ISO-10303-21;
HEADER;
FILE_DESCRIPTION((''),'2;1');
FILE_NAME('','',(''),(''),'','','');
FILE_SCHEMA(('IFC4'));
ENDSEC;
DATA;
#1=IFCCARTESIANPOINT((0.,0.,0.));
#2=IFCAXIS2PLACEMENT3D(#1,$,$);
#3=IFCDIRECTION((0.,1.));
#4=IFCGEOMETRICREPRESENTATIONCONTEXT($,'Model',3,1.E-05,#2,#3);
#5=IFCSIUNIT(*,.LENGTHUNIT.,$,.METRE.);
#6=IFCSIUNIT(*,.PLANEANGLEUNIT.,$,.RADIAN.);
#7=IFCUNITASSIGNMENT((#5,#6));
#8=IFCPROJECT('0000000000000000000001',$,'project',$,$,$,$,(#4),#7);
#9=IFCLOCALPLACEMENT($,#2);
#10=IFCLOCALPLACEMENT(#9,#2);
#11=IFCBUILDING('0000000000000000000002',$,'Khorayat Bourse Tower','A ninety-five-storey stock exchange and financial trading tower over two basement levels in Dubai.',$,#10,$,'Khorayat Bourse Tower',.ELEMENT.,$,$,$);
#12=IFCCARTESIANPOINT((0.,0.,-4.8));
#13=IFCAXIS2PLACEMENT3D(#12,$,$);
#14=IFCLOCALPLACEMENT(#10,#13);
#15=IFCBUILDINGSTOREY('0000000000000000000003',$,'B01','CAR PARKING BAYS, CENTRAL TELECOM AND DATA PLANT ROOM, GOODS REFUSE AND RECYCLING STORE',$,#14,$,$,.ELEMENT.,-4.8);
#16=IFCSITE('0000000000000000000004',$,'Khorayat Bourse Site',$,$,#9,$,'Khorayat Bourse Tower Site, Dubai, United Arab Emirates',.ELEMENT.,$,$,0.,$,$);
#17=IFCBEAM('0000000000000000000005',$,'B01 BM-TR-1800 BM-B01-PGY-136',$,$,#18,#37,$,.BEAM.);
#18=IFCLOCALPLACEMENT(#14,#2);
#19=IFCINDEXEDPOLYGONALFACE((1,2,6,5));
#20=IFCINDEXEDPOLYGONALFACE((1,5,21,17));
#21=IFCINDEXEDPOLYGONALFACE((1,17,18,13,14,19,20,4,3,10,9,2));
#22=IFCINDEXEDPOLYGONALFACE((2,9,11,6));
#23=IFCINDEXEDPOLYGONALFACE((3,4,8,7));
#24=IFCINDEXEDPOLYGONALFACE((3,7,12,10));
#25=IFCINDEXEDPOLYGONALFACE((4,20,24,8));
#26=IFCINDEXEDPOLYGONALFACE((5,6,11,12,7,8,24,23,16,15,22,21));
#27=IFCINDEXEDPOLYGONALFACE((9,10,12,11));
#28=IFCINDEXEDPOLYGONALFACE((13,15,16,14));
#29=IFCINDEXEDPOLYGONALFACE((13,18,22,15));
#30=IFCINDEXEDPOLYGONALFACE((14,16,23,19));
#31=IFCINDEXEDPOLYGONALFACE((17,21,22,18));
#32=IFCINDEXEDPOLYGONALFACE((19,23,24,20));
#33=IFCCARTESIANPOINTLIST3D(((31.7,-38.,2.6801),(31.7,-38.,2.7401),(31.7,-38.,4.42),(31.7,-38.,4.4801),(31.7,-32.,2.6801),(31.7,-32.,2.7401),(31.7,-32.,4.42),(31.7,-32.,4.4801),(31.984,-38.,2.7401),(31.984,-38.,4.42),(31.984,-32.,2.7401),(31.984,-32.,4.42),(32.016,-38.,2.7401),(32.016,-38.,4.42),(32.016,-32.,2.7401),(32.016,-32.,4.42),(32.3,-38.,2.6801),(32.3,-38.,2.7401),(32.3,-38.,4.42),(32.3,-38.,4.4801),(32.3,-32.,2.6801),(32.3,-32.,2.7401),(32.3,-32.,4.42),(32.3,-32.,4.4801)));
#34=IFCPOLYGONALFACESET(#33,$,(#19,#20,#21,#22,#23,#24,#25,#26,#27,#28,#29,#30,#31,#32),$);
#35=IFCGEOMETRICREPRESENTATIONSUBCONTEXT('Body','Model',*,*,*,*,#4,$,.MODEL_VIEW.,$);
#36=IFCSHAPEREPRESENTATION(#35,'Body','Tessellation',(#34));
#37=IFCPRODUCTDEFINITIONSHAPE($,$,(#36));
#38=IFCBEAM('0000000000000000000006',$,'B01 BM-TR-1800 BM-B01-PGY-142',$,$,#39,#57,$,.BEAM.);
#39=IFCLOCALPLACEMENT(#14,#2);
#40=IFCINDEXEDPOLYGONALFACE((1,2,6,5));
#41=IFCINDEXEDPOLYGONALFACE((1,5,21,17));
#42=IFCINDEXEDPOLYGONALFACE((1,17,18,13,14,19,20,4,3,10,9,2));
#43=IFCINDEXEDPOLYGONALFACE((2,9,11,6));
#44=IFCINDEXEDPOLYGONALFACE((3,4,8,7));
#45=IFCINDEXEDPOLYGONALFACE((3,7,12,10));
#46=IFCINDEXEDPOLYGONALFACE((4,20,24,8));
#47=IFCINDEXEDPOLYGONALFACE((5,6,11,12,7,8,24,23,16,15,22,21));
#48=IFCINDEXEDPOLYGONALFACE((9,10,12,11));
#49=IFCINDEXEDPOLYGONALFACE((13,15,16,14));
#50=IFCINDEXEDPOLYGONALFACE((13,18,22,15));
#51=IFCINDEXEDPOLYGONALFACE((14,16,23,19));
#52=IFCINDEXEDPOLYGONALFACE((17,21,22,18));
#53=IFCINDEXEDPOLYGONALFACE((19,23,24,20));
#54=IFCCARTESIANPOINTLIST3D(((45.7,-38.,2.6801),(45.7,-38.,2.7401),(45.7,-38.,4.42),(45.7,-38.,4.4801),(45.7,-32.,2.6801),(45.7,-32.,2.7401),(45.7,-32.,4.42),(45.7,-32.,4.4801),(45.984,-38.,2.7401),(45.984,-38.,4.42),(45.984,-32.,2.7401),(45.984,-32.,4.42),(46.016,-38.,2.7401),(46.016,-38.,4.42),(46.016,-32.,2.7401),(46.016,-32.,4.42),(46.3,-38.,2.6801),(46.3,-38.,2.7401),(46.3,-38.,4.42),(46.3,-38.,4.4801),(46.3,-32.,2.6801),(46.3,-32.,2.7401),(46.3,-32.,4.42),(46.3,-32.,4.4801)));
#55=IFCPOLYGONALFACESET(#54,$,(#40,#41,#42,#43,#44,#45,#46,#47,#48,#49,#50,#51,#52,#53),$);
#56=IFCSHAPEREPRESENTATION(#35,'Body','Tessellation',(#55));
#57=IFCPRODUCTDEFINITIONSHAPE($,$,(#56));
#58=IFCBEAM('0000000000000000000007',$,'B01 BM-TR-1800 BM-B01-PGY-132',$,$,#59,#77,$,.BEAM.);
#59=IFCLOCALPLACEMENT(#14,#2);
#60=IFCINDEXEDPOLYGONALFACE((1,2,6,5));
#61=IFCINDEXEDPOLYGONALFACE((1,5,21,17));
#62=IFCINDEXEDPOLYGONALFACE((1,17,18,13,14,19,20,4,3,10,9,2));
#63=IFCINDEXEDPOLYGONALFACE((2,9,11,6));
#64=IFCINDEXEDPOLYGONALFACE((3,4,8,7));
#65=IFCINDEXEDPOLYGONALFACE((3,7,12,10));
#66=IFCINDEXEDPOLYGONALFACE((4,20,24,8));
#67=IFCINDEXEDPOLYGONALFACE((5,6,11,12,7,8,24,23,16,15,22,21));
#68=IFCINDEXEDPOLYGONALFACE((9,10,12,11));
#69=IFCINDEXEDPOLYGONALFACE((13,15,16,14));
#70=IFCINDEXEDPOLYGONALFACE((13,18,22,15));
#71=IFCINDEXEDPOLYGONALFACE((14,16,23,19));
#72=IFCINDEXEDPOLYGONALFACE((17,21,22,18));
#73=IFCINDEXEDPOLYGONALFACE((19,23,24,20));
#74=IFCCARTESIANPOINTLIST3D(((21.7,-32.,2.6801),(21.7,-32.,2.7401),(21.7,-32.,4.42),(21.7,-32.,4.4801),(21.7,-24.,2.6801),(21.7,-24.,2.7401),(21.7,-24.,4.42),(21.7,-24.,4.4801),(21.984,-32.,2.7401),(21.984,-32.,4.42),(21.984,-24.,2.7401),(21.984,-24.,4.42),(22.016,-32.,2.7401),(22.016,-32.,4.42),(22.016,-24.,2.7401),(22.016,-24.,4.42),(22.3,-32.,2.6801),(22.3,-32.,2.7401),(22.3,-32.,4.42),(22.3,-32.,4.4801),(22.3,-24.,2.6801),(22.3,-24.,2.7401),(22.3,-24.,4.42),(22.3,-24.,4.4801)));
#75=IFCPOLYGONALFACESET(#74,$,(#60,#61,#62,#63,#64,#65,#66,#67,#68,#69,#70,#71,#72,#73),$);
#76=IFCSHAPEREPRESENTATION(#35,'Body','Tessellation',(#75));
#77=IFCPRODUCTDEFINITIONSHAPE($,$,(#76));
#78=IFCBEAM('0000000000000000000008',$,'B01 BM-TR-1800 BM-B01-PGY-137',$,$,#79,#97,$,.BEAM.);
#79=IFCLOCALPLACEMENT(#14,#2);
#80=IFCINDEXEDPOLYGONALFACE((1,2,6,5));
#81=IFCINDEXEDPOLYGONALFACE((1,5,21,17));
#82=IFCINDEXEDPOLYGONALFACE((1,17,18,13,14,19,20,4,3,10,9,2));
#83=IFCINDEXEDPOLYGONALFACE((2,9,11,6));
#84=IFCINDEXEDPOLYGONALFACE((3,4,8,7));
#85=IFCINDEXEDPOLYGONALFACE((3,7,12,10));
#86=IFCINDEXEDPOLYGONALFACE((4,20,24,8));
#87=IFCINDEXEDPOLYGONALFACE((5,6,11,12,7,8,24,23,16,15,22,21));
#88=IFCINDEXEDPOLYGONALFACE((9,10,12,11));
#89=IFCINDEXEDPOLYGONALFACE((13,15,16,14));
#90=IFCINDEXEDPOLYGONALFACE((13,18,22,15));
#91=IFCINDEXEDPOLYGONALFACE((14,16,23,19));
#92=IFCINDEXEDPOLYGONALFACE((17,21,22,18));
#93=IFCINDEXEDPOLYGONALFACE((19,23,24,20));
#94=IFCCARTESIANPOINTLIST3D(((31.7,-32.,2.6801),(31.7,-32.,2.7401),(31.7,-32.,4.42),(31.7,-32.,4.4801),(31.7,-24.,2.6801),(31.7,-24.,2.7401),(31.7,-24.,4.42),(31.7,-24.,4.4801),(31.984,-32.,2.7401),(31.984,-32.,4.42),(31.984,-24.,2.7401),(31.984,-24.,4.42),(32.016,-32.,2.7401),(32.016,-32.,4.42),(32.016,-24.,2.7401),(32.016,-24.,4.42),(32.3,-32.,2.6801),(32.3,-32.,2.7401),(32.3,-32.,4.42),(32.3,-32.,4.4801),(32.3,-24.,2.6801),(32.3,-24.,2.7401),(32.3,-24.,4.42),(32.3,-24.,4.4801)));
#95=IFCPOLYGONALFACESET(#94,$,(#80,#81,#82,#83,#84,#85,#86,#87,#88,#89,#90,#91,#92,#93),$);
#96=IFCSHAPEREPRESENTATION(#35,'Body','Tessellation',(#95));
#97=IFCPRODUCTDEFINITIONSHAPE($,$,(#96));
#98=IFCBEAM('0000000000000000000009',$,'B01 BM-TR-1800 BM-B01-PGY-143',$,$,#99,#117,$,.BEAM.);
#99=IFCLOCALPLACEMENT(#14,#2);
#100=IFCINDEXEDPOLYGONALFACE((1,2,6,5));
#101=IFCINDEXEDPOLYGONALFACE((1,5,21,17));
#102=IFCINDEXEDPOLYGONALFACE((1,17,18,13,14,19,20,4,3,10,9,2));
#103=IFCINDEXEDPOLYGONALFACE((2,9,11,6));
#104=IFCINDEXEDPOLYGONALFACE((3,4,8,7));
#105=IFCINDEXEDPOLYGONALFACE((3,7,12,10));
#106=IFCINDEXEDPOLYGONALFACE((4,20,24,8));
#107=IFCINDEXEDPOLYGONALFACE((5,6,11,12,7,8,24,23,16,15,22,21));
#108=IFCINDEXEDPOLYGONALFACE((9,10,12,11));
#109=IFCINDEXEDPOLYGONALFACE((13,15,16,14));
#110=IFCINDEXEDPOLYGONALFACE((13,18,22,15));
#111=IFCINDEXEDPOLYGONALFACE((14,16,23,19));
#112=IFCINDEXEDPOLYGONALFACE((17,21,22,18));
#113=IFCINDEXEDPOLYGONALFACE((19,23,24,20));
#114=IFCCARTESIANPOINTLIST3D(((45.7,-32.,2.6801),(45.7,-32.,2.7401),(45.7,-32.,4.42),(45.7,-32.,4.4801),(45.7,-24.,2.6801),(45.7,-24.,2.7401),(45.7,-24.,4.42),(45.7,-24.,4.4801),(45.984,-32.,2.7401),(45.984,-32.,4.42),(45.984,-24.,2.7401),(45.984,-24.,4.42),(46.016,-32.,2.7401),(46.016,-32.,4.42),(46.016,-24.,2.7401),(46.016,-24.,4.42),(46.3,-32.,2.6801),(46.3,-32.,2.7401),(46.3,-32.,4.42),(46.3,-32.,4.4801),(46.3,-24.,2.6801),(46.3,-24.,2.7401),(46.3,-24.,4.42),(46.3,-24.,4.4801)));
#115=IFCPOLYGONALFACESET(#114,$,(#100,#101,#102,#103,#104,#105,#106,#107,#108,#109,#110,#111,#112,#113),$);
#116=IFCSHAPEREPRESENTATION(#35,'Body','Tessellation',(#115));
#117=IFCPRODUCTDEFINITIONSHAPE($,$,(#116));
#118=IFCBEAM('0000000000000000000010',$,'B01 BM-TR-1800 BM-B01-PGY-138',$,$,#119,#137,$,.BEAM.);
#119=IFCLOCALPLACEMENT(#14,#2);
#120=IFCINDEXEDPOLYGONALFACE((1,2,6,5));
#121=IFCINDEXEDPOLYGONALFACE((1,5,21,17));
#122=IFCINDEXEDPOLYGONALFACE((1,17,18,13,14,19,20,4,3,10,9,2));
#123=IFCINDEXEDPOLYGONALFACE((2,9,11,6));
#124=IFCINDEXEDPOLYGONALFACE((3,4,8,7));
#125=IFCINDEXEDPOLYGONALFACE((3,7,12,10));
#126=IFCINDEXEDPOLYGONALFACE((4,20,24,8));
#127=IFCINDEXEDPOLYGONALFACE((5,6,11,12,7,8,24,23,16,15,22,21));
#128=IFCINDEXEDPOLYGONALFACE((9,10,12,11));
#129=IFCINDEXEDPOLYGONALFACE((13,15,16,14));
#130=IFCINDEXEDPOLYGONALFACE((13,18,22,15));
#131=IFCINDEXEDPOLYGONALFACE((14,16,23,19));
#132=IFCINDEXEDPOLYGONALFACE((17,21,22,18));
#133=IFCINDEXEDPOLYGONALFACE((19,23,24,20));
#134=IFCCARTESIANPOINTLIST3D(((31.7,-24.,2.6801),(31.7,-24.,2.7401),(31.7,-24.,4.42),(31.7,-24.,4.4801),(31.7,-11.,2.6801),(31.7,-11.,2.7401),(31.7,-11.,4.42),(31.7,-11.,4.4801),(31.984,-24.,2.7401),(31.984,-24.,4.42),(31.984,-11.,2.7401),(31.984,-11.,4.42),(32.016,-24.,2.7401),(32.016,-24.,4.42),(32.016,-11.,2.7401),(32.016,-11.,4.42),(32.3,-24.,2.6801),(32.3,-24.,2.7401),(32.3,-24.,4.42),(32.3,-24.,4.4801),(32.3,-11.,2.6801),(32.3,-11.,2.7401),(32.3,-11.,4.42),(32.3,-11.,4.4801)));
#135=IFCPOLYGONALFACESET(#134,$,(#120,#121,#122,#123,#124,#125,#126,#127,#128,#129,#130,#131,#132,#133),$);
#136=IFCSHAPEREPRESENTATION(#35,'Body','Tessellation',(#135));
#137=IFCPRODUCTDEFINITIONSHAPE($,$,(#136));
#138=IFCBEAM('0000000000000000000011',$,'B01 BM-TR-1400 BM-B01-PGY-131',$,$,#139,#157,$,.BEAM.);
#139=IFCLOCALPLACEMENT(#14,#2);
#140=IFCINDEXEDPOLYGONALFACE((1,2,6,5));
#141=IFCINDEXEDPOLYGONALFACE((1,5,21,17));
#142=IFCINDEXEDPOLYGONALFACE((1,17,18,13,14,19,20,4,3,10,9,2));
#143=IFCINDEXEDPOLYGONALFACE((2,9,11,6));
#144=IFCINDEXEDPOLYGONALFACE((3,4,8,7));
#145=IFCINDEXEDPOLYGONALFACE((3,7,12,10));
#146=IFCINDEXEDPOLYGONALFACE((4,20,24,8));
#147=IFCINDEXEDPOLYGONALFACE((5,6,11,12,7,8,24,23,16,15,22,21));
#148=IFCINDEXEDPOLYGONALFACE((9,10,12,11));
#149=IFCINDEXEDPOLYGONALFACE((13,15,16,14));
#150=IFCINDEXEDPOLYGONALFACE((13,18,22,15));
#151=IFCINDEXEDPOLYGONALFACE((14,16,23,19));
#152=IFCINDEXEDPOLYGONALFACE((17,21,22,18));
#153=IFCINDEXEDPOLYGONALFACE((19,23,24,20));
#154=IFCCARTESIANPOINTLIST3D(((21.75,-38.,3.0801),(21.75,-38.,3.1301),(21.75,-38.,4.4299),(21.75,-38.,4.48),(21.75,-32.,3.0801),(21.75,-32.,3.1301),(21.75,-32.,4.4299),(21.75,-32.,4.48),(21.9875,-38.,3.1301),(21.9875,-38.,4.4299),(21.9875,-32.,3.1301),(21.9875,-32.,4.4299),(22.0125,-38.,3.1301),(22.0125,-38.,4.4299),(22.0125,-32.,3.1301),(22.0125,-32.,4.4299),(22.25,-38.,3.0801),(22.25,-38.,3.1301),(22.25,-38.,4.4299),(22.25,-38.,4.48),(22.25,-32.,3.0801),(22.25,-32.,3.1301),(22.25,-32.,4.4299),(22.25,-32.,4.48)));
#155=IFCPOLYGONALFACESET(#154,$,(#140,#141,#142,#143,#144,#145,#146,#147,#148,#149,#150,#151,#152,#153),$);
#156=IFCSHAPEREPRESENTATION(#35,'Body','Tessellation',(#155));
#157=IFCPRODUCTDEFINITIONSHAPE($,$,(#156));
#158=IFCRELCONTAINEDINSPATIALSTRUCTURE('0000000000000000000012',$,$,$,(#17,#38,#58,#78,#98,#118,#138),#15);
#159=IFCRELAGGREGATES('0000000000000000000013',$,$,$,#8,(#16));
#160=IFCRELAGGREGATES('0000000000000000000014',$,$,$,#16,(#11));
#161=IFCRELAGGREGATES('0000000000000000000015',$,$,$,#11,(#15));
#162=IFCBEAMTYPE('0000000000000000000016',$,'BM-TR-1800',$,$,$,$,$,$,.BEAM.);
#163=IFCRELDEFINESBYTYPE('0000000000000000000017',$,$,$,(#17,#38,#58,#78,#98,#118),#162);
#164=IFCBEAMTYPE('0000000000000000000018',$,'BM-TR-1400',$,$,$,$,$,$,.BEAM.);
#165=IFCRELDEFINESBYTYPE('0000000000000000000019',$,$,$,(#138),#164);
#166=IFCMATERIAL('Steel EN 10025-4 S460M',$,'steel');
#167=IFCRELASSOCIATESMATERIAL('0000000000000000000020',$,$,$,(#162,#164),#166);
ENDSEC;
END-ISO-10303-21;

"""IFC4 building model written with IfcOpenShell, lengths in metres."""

from ifc_helpers import new_model, si_unit, direction, frame, origin, origin_2d, place, context, subcontext, project, spatial, i_section, extrude, source, transform, mapped, material, material_profile, profile_set, type_object, element, save


model = new_model("IFC4")

# Units and contexts
model_context = context("Model", 3, precision=1e-05, world=origin(), true_north=direction((0.0, 1.0)))
body_context = subcontext(model_context, "Body", "Model", "MODEL_VIEW")
ifc_project = project(units=[si_unit("LENGTHUNIT", "METRE"), si_unit("PLANEANGLEUNIT", "RADIAN")], contexts=[model_context])

# Site, building, storey
site_placement = place(None, origin())
site = spatial("IfcSite", under=ifc_project, at=site_placement, Name="Khorayat Bourse Site", LongName="Khorayat Bourse Tower Site, Dubai, United Arab Emirates", CompositionType="ELEMENT", RefElevation=0.0)
building_placement = place(site_placement, origin())
building = spatial("IfcBuilding", under=site, at=building_placement, Name="Khorayat Bourse Tower", Description="A ninety-five-storey stock exchange and financial trading tower over two basement levels in Dubai.", LongName="Khorayat Bourse Tower", CompositionType="ELEMENT")
storey_placement = place(building_placement, frame((0.0, 0.0, -4.8)))
storey = spatial("IfcBuildingStorey", under=building, at=storey_placement, Name="B01", Description="CAR PARKING BAYS, CENTRAL TELECOM AND DATA PLANT ROOM, GOODS REFUSE AND RECYCLING STORE", CompositionType="ELEMENT", Elevation=-4.8)

# Beams
ifc_material_1 = material(Name="Steel EN 10025-4 S460M", Category="steel")
ifc_material_profile_1 = material_profile(ifc_material_1, i_section(OverallWidth=0.6001, OverallDepth=1.8, WebThickness=0.032, FlangeThickness=0.0601, at=origin_2d()), Name="PG 1800x600x32x60")
ifc_profile_set_1 = profile_set([ifc_material_profile_1], Name="Steel EN 10025-4 S460M")
beam_type_1 = type_object("IfcBeamType", Name="BM-TR-1800", PredefinedType="BEAM", material=ifc_profile_set_1)
shared_shape_1 = source(origin(), body_context, "Body", "SweptSolid", [
    extrude(i_section(OverallWidth=0.6001, OverallDepth=1.8, WebThickness=0.032, FlangeThickness=0.0601, at=origin_2d()), origin(), (0.0, 0.0, 1.0), 6.0),
])
for number, where, z_axis, x_axis, name in (
    (1, (32.0, -38.0, 3.5801), (0.0, 1.0, 0.0), (-1.0, 0.0, 0.0), "B01 BM-TR-1800 BM-B01-PGY-136"),
    (2, (46.0, -38.0, 3.5801), (0.0, 1.0, 0.0), (-1.0, 0.0, 0.0), "B01 BM-TR-1800 BM-B01-PGY-142"),
):
    element("IfcBeam", number, at=place(storey_placement, frame(where, z_axis=z_axis, x_axis=x_axis)), inside=storey, type_object=beam_type_1, Name=name, PredefinedType="BEAM", context=body_context, shape_type="MappedRepresentation", body=[
        mapped(shared_shape_1, transform((0.0, 0.0, 0.0), scale=1.0)),
    ])
shared_shape_2 = source(origin(), body_context, "Body", "SweptSolid", [
    extrude(i_section(OverallWidth=0.6001, OverallDepth=1.8, WebThickness=0.032, FlangeThickness=0.0601, at=origin_2d()), origin(), (0.0, 0.0, 1.0), 8.0),
])
for number, where, z_axis, x_axis, name in (
    (3, (22.0, -32.0, 3.5801), (0.0, 1.0, 0.0), (-1.0, 0.0, 0.0), "B01 BM-TR-1800 BM-B01-PGY-132"),
    (4, (32.0, -32.0, 3.5801), (0.0, 1.0, 0.0), (-1.0, 0.0, 0.0), "B01 BM-TR-1800 BM-B01-PGY-137"),
    (5, (46.0, -32.0, 3.5801), (0.0, 1.0, 0.0), (-1.0, 0.0, 0.0), "B01 BM-TR-1800 BM-B01-PGY-143"),
):
    element("IfcBeam", number, at=place(storey_placement, frame(where, z_axis=z_axis, x_axis=x_axis)), inside=storey, type_object=beam_type_1, Name=name, PredefinedType="BEAM", context=body_context, shape_type="MappedRepresentation", body=[
        mapped(shared_shape_2, transform((0.0, 0.0, 0.0), scale=1.0)),
    ])
shared_shape_3 = source(origin(), body_context, "Body", "SweptSolid", [
    extrude(i_section(OverallWidth=0.6001, OverallDepth=1.8, WebThickness=0.032, FlangeThickness=0.0601, at=origin_2d()), origin(), (0.0, 0.0, 1.0), 13.0),
])
beam_1_placement = place(storey_placement, frame((32.0, -24.0, 3.5801), z_axis=(0.0, 1.0, 0.0), x_axis=(-1.0, 0.0, 0.0)))
element("IfcBeam", 6, at=beam_1_placement, inside=storey, type_object=beam_type_1, Name="B01 BM-TR-1800 BM-B01-PGY-138", PredefinedType="BEAM", context=body_context, shape_type="MappedRepresentation", body=[
    mapped(shared_shape_3, transform((0.0, 0.0, 0.0), scale=1.0)),
])
ifc_material_profile_2 = material_profile(ifc_material_1, i_section(OverallWidth=0.5, OverallDepth=1.3999, WebThickness=0.0249, FlangeThickness=0.05, at=origin_2d()), Name="PG 1400x500x25x50")
ifc_profile_set_2 = profile_set([ifc_material_profile_2], Name="Steel EN 10025-4 S460M")
beam_type_2 = type_object("IfcBeamType", Name="BM-TR-1400", PredefinedType="BEAM", material=ifc_profile_set_2)
shared_shape_4 = source(origin(), body_context, "Body", "SweptSolid", [
    extrude(i_section(OverallWidth=0.5, OverallDepth=1.3999, WebThickness=0.0249, FlangeThickness=0.05, at=origin_2d()), origin(), (0.0, 0.0, 1.0), 6.0),
])
beam_2_placement = place(storey_placement, frame((22.0, -38.0, 3.78), z_axis=(0.0, 1.0, 0.0), x_axis=(-1.0, 0.0, 0.0)))
element("IfcBeam", 7, at=beam_2_placement, inside=storey, type_object=beam_type_2, Name="B01 BM-TR-1400 BM-B01-PGY-131", PredefinedType="BEAM", context=body_context, shape_type="MappedRepresentation", body=[
    mapped(shared_shape_4, transform((0.0, 0.0, 0.0), scale=1.0)),
])

save(model, "model.ifc")
